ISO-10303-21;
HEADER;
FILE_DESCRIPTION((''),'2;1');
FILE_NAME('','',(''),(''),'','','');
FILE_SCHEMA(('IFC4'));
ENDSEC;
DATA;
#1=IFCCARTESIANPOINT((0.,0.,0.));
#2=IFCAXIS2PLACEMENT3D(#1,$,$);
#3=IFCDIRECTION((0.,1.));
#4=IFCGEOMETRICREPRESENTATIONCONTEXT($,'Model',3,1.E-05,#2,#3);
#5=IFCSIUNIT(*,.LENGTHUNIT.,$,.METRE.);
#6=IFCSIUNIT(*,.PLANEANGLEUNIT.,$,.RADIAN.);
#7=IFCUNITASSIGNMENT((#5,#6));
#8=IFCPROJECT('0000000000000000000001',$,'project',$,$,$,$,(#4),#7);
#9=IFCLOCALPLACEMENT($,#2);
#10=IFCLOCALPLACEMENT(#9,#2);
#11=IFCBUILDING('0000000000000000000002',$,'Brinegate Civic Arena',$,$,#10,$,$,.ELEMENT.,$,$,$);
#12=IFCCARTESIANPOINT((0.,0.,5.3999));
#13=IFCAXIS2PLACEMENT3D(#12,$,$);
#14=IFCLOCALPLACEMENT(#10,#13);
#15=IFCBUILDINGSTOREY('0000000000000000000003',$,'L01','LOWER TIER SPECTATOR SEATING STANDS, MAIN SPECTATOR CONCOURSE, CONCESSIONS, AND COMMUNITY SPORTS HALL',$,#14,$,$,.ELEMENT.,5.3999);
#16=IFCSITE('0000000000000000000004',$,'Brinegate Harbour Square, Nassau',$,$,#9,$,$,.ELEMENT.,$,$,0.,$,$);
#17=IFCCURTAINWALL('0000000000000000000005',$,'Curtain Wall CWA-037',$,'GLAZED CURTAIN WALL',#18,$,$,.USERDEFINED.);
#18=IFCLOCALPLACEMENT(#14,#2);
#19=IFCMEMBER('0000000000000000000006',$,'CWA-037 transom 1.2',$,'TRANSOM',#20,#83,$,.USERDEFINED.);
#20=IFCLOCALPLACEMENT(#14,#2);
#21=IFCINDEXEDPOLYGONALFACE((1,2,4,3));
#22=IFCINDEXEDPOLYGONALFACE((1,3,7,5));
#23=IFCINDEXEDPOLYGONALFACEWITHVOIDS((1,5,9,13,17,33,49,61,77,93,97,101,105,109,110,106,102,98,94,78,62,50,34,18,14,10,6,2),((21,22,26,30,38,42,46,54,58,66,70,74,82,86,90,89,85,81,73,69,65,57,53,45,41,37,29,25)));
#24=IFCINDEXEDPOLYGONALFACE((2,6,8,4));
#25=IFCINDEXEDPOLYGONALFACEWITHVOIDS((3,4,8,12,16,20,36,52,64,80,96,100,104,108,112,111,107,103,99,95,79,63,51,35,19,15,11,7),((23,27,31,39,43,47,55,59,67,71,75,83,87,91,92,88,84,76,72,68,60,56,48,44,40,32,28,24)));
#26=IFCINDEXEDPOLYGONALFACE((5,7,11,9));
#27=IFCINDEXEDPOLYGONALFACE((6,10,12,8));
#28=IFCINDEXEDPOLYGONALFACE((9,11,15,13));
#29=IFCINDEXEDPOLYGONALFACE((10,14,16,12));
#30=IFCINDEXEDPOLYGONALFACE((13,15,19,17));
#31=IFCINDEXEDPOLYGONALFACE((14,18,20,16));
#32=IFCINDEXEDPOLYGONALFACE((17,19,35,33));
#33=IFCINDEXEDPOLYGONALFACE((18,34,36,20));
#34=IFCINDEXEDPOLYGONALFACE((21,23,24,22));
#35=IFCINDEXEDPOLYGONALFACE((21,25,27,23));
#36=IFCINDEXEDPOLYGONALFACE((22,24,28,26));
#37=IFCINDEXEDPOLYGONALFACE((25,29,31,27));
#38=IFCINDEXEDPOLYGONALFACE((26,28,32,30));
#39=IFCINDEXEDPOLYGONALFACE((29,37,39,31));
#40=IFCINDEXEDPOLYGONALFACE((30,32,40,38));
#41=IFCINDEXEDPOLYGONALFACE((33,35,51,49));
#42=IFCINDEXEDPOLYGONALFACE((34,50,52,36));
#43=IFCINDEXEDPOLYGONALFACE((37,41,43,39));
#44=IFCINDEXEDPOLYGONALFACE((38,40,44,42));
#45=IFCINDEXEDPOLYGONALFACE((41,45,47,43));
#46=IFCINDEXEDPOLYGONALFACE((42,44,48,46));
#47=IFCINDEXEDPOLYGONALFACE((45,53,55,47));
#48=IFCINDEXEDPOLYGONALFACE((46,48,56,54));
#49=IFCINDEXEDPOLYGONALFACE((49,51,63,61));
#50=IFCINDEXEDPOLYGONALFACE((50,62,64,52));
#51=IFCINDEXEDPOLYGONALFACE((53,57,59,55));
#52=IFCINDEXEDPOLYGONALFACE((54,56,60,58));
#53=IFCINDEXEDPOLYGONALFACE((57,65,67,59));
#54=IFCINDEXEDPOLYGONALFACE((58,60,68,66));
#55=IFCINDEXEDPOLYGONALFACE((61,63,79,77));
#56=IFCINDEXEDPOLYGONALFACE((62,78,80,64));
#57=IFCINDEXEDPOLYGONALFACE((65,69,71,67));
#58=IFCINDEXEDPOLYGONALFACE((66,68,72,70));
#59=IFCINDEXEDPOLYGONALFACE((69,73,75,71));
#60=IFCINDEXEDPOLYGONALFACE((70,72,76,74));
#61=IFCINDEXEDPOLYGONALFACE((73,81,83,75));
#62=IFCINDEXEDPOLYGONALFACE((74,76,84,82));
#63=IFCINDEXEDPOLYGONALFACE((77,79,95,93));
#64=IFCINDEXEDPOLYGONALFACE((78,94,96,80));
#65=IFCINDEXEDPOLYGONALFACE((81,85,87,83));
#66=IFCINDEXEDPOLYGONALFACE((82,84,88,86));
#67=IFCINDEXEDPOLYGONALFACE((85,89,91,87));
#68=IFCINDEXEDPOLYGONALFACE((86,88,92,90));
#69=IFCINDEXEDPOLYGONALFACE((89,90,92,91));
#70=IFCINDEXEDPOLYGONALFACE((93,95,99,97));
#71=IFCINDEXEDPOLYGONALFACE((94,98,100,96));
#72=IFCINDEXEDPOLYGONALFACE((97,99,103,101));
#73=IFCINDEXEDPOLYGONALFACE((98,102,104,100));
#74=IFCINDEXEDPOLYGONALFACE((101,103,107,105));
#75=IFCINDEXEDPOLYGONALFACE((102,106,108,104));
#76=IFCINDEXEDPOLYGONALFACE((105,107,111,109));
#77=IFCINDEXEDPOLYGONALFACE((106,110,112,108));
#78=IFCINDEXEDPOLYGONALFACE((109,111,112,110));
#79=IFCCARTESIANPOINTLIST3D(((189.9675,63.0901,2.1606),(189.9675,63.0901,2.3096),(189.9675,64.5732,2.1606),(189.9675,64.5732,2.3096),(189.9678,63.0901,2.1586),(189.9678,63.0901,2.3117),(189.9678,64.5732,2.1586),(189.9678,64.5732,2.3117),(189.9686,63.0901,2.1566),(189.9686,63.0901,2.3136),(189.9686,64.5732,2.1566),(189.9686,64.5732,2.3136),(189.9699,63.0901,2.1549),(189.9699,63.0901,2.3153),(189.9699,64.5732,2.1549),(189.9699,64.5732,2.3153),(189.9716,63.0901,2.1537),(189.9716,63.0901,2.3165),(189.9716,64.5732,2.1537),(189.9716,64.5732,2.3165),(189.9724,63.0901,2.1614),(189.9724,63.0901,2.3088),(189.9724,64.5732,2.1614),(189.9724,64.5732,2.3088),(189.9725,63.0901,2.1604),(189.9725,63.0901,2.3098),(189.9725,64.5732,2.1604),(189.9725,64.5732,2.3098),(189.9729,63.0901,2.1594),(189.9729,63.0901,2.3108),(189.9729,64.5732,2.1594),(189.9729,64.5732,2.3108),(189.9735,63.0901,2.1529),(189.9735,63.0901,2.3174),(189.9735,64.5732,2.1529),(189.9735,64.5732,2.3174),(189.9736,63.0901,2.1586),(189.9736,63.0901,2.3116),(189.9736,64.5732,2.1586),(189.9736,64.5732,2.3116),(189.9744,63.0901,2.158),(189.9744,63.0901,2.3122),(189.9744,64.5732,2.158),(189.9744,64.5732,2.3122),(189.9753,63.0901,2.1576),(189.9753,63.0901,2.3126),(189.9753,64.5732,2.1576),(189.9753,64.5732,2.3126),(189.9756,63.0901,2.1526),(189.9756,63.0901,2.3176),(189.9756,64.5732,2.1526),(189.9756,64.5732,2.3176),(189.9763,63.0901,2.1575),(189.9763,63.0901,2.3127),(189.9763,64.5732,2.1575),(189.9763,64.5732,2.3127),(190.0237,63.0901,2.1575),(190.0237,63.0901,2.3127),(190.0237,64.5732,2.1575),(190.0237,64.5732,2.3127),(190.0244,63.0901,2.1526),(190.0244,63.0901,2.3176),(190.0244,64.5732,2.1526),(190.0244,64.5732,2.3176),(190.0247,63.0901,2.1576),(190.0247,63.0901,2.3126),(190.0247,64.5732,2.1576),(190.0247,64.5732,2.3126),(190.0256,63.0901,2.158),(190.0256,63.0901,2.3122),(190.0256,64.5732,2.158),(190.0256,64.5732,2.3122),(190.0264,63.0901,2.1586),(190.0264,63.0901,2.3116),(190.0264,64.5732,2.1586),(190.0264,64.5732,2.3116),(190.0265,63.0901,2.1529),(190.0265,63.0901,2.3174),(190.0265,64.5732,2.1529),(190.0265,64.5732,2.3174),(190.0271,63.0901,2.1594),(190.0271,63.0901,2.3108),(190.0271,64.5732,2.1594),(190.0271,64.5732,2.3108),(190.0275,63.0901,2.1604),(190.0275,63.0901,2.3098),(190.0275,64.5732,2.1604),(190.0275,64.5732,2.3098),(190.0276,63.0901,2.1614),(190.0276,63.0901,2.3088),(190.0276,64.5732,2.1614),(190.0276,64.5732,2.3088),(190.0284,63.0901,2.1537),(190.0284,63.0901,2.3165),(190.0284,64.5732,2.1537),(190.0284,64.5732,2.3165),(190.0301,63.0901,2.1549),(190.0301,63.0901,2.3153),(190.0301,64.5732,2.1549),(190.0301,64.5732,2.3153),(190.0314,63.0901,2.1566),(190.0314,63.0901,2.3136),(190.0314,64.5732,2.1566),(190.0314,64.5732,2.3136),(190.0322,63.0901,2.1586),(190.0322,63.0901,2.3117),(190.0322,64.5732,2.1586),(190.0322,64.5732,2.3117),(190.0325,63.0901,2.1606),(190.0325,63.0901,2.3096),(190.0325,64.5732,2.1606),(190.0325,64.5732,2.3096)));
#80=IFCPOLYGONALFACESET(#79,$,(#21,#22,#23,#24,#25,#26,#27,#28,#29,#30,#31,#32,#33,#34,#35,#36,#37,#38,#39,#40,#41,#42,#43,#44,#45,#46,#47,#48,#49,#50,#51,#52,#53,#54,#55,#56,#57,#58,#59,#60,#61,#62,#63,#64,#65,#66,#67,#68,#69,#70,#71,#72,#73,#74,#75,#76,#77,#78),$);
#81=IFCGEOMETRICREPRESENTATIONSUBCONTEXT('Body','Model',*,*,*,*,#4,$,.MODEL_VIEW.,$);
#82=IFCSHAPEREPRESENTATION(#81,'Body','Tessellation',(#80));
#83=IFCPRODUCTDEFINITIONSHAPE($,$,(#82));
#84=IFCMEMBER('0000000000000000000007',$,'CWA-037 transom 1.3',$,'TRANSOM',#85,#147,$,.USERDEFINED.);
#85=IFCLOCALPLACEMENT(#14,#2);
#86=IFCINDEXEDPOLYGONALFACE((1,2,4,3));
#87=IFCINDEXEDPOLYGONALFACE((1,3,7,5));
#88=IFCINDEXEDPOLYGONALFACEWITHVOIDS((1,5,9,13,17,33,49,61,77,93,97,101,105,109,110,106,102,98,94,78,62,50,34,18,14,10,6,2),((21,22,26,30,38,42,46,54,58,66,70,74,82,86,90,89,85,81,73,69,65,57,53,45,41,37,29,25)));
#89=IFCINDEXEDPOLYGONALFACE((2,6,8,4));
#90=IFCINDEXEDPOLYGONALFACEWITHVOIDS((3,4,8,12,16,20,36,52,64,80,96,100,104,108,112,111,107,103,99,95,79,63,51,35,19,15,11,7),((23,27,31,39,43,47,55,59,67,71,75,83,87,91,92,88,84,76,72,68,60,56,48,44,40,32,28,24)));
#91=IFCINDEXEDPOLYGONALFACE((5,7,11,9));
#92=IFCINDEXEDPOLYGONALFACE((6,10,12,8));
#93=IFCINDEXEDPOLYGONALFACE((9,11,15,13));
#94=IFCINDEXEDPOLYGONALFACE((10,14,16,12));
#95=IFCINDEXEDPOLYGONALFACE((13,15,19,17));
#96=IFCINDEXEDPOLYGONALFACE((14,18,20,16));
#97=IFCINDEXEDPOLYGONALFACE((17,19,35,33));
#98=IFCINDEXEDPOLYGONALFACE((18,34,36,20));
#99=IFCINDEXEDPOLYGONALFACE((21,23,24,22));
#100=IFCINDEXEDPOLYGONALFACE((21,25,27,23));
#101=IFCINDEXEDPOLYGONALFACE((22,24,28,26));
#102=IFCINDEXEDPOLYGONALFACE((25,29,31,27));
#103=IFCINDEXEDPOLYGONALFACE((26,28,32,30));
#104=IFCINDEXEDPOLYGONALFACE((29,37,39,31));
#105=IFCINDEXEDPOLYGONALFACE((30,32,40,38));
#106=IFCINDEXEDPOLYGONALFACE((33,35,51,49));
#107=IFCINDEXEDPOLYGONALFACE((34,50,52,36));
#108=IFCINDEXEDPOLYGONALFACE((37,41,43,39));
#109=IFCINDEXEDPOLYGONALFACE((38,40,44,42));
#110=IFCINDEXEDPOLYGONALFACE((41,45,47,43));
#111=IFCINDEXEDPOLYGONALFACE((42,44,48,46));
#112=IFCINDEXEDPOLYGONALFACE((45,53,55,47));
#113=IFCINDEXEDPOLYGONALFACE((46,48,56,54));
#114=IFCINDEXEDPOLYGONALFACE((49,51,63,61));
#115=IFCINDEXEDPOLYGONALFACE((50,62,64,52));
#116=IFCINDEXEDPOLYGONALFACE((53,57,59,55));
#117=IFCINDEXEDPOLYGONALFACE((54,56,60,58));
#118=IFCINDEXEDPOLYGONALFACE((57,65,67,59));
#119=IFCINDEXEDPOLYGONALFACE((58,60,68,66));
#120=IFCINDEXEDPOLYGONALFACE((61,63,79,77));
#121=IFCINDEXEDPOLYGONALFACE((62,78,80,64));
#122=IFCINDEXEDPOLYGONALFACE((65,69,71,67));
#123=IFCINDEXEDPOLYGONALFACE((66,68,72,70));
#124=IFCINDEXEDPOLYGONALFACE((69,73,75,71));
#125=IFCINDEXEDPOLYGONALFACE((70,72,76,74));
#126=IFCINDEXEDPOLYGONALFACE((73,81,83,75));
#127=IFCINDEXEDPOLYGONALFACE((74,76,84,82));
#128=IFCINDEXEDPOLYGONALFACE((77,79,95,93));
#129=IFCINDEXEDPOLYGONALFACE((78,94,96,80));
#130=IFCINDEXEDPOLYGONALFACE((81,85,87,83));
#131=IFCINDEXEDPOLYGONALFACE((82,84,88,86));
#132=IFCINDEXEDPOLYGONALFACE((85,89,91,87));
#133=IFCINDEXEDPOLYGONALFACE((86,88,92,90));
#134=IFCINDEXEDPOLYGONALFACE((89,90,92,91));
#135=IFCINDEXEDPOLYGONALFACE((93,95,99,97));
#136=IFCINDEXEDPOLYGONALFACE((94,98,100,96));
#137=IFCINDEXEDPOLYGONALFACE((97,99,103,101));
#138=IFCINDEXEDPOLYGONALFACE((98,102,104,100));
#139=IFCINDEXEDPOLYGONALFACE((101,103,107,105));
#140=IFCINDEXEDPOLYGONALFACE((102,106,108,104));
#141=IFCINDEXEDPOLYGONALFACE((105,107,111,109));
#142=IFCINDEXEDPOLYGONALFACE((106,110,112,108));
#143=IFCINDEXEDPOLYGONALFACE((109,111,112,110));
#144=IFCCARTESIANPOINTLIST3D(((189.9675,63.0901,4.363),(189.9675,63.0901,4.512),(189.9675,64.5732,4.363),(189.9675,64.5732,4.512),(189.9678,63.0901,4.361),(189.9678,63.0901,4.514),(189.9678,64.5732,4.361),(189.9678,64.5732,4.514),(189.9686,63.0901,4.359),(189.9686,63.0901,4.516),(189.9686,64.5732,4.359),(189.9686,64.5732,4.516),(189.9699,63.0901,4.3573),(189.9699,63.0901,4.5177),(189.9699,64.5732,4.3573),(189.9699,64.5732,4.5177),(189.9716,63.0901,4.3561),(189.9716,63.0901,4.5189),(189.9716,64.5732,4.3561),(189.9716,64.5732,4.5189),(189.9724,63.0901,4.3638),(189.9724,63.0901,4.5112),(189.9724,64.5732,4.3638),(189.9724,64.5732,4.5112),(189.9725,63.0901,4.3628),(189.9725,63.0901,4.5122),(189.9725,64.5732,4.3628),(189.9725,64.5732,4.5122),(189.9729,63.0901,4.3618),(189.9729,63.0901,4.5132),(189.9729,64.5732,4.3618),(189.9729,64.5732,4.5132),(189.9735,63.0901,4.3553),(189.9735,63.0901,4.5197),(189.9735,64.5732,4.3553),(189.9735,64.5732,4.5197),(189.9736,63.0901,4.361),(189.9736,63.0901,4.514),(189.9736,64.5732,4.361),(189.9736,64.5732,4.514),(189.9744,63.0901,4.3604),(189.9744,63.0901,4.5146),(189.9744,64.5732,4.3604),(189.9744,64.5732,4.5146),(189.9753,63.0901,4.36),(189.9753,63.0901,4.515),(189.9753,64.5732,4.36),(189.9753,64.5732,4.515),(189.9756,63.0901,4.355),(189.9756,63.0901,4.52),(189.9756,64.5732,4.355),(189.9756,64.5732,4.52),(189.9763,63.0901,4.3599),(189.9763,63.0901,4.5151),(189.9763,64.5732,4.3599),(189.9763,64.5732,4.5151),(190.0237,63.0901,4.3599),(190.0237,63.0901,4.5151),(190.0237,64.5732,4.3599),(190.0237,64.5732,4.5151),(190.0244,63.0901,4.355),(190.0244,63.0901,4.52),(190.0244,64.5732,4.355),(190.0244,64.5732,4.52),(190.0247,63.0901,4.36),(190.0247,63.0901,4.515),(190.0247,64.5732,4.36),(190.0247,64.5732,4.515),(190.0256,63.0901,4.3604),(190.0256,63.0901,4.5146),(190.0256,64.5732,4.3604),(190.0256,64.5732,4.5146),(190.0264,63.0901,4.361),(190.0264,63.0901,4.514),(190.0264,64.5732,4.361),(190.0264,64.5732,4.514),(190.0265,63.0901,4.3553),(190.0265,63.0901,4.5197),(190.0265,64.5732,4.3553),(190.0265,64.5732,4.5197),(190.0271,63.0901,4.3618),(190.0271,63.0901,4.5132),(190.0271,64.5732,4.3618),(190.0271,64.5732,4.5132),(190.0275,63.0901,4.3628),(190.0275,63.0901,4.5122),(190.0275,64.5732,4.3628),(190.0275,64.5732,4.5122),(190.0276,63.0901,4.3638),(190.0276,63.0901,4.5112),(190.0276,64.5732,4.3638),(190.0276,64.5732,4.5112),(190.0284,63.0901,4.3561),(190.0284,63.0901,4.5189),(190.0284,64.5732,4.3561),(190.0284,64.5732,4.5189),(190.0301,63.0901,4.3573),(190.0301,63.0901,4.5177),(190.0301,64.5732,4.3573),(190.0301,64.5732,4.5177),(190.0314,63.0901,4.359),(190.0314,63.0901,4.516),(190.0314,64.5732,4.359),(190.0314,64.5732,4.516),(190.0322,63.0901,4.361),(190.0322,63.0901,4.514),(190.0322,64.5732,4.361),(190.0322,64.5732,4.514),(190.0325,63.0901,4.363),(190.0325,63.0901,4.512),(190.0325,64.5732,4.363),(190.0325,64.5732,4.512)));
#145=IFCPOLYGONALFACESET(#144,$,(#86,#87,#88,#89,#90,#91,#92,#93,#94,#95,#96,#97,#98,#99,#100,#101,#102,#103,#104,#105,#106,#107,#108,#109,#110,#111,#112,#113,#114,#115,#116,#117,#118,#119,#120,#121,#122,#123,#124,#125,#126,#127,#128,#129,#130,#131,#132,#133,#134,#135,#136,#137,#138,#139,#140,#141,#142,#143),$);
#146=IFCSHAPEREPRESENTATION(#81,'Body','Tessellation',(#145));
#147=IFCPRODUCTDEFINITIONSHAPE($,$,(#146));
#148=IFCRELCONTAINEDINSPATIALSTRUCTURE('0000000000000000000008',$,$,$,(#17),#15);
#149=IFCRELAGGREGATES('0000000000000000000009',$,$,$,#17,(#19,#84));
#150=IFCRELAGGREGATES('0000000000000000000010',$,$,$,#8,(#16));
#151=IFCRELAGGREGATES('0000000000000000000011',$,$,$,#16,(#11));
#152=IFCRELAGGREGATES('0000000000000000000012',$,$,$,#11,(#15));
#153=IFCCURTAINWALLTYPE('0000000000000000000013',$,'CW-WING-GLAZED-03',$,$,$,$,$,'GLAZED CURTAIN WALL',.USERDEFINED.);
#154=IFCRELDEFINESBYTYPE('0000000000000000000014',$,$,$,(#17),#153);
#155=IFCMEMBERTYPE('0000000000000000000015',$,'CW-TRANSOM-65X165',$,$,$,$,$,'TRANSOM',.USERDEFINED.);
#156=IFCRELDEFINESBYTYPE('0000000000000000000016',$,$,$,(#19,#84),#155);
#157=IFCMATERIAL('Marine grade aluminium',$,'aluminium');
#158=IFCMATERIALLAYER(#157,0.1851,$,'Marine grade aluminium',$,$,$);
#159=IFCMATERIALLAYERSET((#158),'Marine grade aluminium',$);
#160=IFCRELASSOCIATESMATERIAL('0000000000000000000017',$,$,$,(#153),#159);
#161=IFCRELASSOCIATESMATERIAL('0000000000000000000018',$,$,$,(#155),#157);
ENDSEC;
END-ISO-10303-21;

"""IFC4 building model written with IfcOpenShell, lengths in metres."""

from ifc_helpers import new_model, si_unit, direction, frame, origin, origin_2d, place, context, subcontext, project, spatial, hollow_rectangle, extrude, material, layer, layer_set, material_profile, profile_set, type_object, element, aggregate, save


model = new_model("IFC4")

# Units and contexts
model_context = context("Model", 3, precision=1e-05, world=origin(), true_north=direction((0.0, 1.0)))
body_context = subcontext(model_context, "Body", "Model", "MODEL_VIEW")
ifc_project = project(units=[si_unit("LENGTHUNIT", "METRE"), si_unit("PLANEANGLEUNIT", "RADIAN")], contexts=[model_context])

# Site, building, storey
site_placement = place(None, origin())
site = spatial("IfcSite", under=ifc_project, at=site_placement, Name="Brinegate Harbour Square, Nassau", CompositionType="ELEMENT", RefElevation=0.0)
building_placement = place(site_placement, origin())
building = spatial("IfcBuilding", under=site, at=building_placement, Name="Brinegate Civic Arena", CompositionType="ELEMENT")
storey_placement = place(building_placement, frame((0.0, 0.0, 5.3999)))
storey = spatial("IfcBuildingStorey", under=building, at=storey_placement, Name="L01", Description="LOWER TIER SPECTATOR SEATING STANDS, MAIN SPECTATOR CONCOURSE, CONCESSIONS, AND COMMUNITY SPORTS HALL", CompositionType="ELEMENT", Elevation=5.3999)

# Curtain wall, members
ifc_material_1 = material(Name="Marine grade aluminium", Category="aluminium")
ifc_layer_1 = layer(ifc_material_1, 0.1851, Name="Marine grade aluminium")
ifc_layer_set_1 = layer_set([ifc_layer_1], Name="Marine grade aluminium")
curtain_wall_type = type_object("IfcCurtainWallType", Name="CW-WING-GLAZED-03", ElementType="GLAZED CURTAIN WALL", PredefinedType="USERDEFINED", material=ifc_layer_set_1)
curtain_wall_placement = place(storey_placement, origin())
curtain_wall = element("IfcCurtainWall", 1, at=curtain_wall_placement, inside=storey, type_object=curtain_wall_type, Name="Curtain Wall CWA-037", ObjectType="GLAZED CURTAIN WALL", PredefinedType="USERDEFINED")
ifc_material_profile_1 = material_profile(ifc_material_1, hollow_rectangle(XDim=0.0649, YDim=0.165, WallThickness=0.0049, InnerFilletRadius=0.0039, OuterFilletRadius=0.0081, at=origin_2d()), Name="TRN65X165")
ifc_profile_set_1 = profile_set([ifc_material_profile_1], Name="Marine grade aluminium")
member_type_1 = type_object("IfcMemberType", Name="CW-TRANSOM-65X165", ElementType="TRANSOM", PredefinedType="USERDEFINED", material=ifc_profile_set_1)
member_1_placement = place(storey_placement, frame((190.0, 63.0901, 2.2351), z_axis=(0.0, 1.0, 0.0), x_axis=(-1.0, 0.0, 0.0)))
member_1 = element("IfcMember", 2, at=member_1_placement, type_object=member_type_1, Name="CWA-037 transom 1.2", ObjectType="TRANSOM", PredefinedType="USERDEFINED", context=body_context, shape_type="SweptSolid", body=[
    extrude(hollow_rectangle(XDim=0.0649, YDim=0.165, WallThickness=0.0049, InnerFilletRadius=0.0039, OuterFilletRadius=0.0081, at=origin_2d()), origin(), (0.0, 0.0, 1.0), 1.4832),
])
member_2_placement = place(storey_placement, frame((190.0, 63.0901, 4.4375), z_axis=(0.0, 1.0, 0.0), x_axis=(-1.0, 0.0, 0.0)))
member_2 = element("IfcMember", 3, at=member_2_placement, type_object=member_type_1, Name="CWA-037 transom 1.3", ObjectType="TRANSOM", PredefinedType="USERDEFINED", context=body_context, shape_type="SweptSolid", body=[
    extrude(hollow_rectangle(XDim=0.0649, YDim=0.165, WallThickness=0.0049, InnerFilletRadius=0.0039, OuterFilletRadius=0.0081, at=origin_2d()), origin(), (0.0, 0.0, 1.0), 1.4832),
])

aggregate(curtain_wall, [member_1, member_2])

save(model, "model.ifc")
